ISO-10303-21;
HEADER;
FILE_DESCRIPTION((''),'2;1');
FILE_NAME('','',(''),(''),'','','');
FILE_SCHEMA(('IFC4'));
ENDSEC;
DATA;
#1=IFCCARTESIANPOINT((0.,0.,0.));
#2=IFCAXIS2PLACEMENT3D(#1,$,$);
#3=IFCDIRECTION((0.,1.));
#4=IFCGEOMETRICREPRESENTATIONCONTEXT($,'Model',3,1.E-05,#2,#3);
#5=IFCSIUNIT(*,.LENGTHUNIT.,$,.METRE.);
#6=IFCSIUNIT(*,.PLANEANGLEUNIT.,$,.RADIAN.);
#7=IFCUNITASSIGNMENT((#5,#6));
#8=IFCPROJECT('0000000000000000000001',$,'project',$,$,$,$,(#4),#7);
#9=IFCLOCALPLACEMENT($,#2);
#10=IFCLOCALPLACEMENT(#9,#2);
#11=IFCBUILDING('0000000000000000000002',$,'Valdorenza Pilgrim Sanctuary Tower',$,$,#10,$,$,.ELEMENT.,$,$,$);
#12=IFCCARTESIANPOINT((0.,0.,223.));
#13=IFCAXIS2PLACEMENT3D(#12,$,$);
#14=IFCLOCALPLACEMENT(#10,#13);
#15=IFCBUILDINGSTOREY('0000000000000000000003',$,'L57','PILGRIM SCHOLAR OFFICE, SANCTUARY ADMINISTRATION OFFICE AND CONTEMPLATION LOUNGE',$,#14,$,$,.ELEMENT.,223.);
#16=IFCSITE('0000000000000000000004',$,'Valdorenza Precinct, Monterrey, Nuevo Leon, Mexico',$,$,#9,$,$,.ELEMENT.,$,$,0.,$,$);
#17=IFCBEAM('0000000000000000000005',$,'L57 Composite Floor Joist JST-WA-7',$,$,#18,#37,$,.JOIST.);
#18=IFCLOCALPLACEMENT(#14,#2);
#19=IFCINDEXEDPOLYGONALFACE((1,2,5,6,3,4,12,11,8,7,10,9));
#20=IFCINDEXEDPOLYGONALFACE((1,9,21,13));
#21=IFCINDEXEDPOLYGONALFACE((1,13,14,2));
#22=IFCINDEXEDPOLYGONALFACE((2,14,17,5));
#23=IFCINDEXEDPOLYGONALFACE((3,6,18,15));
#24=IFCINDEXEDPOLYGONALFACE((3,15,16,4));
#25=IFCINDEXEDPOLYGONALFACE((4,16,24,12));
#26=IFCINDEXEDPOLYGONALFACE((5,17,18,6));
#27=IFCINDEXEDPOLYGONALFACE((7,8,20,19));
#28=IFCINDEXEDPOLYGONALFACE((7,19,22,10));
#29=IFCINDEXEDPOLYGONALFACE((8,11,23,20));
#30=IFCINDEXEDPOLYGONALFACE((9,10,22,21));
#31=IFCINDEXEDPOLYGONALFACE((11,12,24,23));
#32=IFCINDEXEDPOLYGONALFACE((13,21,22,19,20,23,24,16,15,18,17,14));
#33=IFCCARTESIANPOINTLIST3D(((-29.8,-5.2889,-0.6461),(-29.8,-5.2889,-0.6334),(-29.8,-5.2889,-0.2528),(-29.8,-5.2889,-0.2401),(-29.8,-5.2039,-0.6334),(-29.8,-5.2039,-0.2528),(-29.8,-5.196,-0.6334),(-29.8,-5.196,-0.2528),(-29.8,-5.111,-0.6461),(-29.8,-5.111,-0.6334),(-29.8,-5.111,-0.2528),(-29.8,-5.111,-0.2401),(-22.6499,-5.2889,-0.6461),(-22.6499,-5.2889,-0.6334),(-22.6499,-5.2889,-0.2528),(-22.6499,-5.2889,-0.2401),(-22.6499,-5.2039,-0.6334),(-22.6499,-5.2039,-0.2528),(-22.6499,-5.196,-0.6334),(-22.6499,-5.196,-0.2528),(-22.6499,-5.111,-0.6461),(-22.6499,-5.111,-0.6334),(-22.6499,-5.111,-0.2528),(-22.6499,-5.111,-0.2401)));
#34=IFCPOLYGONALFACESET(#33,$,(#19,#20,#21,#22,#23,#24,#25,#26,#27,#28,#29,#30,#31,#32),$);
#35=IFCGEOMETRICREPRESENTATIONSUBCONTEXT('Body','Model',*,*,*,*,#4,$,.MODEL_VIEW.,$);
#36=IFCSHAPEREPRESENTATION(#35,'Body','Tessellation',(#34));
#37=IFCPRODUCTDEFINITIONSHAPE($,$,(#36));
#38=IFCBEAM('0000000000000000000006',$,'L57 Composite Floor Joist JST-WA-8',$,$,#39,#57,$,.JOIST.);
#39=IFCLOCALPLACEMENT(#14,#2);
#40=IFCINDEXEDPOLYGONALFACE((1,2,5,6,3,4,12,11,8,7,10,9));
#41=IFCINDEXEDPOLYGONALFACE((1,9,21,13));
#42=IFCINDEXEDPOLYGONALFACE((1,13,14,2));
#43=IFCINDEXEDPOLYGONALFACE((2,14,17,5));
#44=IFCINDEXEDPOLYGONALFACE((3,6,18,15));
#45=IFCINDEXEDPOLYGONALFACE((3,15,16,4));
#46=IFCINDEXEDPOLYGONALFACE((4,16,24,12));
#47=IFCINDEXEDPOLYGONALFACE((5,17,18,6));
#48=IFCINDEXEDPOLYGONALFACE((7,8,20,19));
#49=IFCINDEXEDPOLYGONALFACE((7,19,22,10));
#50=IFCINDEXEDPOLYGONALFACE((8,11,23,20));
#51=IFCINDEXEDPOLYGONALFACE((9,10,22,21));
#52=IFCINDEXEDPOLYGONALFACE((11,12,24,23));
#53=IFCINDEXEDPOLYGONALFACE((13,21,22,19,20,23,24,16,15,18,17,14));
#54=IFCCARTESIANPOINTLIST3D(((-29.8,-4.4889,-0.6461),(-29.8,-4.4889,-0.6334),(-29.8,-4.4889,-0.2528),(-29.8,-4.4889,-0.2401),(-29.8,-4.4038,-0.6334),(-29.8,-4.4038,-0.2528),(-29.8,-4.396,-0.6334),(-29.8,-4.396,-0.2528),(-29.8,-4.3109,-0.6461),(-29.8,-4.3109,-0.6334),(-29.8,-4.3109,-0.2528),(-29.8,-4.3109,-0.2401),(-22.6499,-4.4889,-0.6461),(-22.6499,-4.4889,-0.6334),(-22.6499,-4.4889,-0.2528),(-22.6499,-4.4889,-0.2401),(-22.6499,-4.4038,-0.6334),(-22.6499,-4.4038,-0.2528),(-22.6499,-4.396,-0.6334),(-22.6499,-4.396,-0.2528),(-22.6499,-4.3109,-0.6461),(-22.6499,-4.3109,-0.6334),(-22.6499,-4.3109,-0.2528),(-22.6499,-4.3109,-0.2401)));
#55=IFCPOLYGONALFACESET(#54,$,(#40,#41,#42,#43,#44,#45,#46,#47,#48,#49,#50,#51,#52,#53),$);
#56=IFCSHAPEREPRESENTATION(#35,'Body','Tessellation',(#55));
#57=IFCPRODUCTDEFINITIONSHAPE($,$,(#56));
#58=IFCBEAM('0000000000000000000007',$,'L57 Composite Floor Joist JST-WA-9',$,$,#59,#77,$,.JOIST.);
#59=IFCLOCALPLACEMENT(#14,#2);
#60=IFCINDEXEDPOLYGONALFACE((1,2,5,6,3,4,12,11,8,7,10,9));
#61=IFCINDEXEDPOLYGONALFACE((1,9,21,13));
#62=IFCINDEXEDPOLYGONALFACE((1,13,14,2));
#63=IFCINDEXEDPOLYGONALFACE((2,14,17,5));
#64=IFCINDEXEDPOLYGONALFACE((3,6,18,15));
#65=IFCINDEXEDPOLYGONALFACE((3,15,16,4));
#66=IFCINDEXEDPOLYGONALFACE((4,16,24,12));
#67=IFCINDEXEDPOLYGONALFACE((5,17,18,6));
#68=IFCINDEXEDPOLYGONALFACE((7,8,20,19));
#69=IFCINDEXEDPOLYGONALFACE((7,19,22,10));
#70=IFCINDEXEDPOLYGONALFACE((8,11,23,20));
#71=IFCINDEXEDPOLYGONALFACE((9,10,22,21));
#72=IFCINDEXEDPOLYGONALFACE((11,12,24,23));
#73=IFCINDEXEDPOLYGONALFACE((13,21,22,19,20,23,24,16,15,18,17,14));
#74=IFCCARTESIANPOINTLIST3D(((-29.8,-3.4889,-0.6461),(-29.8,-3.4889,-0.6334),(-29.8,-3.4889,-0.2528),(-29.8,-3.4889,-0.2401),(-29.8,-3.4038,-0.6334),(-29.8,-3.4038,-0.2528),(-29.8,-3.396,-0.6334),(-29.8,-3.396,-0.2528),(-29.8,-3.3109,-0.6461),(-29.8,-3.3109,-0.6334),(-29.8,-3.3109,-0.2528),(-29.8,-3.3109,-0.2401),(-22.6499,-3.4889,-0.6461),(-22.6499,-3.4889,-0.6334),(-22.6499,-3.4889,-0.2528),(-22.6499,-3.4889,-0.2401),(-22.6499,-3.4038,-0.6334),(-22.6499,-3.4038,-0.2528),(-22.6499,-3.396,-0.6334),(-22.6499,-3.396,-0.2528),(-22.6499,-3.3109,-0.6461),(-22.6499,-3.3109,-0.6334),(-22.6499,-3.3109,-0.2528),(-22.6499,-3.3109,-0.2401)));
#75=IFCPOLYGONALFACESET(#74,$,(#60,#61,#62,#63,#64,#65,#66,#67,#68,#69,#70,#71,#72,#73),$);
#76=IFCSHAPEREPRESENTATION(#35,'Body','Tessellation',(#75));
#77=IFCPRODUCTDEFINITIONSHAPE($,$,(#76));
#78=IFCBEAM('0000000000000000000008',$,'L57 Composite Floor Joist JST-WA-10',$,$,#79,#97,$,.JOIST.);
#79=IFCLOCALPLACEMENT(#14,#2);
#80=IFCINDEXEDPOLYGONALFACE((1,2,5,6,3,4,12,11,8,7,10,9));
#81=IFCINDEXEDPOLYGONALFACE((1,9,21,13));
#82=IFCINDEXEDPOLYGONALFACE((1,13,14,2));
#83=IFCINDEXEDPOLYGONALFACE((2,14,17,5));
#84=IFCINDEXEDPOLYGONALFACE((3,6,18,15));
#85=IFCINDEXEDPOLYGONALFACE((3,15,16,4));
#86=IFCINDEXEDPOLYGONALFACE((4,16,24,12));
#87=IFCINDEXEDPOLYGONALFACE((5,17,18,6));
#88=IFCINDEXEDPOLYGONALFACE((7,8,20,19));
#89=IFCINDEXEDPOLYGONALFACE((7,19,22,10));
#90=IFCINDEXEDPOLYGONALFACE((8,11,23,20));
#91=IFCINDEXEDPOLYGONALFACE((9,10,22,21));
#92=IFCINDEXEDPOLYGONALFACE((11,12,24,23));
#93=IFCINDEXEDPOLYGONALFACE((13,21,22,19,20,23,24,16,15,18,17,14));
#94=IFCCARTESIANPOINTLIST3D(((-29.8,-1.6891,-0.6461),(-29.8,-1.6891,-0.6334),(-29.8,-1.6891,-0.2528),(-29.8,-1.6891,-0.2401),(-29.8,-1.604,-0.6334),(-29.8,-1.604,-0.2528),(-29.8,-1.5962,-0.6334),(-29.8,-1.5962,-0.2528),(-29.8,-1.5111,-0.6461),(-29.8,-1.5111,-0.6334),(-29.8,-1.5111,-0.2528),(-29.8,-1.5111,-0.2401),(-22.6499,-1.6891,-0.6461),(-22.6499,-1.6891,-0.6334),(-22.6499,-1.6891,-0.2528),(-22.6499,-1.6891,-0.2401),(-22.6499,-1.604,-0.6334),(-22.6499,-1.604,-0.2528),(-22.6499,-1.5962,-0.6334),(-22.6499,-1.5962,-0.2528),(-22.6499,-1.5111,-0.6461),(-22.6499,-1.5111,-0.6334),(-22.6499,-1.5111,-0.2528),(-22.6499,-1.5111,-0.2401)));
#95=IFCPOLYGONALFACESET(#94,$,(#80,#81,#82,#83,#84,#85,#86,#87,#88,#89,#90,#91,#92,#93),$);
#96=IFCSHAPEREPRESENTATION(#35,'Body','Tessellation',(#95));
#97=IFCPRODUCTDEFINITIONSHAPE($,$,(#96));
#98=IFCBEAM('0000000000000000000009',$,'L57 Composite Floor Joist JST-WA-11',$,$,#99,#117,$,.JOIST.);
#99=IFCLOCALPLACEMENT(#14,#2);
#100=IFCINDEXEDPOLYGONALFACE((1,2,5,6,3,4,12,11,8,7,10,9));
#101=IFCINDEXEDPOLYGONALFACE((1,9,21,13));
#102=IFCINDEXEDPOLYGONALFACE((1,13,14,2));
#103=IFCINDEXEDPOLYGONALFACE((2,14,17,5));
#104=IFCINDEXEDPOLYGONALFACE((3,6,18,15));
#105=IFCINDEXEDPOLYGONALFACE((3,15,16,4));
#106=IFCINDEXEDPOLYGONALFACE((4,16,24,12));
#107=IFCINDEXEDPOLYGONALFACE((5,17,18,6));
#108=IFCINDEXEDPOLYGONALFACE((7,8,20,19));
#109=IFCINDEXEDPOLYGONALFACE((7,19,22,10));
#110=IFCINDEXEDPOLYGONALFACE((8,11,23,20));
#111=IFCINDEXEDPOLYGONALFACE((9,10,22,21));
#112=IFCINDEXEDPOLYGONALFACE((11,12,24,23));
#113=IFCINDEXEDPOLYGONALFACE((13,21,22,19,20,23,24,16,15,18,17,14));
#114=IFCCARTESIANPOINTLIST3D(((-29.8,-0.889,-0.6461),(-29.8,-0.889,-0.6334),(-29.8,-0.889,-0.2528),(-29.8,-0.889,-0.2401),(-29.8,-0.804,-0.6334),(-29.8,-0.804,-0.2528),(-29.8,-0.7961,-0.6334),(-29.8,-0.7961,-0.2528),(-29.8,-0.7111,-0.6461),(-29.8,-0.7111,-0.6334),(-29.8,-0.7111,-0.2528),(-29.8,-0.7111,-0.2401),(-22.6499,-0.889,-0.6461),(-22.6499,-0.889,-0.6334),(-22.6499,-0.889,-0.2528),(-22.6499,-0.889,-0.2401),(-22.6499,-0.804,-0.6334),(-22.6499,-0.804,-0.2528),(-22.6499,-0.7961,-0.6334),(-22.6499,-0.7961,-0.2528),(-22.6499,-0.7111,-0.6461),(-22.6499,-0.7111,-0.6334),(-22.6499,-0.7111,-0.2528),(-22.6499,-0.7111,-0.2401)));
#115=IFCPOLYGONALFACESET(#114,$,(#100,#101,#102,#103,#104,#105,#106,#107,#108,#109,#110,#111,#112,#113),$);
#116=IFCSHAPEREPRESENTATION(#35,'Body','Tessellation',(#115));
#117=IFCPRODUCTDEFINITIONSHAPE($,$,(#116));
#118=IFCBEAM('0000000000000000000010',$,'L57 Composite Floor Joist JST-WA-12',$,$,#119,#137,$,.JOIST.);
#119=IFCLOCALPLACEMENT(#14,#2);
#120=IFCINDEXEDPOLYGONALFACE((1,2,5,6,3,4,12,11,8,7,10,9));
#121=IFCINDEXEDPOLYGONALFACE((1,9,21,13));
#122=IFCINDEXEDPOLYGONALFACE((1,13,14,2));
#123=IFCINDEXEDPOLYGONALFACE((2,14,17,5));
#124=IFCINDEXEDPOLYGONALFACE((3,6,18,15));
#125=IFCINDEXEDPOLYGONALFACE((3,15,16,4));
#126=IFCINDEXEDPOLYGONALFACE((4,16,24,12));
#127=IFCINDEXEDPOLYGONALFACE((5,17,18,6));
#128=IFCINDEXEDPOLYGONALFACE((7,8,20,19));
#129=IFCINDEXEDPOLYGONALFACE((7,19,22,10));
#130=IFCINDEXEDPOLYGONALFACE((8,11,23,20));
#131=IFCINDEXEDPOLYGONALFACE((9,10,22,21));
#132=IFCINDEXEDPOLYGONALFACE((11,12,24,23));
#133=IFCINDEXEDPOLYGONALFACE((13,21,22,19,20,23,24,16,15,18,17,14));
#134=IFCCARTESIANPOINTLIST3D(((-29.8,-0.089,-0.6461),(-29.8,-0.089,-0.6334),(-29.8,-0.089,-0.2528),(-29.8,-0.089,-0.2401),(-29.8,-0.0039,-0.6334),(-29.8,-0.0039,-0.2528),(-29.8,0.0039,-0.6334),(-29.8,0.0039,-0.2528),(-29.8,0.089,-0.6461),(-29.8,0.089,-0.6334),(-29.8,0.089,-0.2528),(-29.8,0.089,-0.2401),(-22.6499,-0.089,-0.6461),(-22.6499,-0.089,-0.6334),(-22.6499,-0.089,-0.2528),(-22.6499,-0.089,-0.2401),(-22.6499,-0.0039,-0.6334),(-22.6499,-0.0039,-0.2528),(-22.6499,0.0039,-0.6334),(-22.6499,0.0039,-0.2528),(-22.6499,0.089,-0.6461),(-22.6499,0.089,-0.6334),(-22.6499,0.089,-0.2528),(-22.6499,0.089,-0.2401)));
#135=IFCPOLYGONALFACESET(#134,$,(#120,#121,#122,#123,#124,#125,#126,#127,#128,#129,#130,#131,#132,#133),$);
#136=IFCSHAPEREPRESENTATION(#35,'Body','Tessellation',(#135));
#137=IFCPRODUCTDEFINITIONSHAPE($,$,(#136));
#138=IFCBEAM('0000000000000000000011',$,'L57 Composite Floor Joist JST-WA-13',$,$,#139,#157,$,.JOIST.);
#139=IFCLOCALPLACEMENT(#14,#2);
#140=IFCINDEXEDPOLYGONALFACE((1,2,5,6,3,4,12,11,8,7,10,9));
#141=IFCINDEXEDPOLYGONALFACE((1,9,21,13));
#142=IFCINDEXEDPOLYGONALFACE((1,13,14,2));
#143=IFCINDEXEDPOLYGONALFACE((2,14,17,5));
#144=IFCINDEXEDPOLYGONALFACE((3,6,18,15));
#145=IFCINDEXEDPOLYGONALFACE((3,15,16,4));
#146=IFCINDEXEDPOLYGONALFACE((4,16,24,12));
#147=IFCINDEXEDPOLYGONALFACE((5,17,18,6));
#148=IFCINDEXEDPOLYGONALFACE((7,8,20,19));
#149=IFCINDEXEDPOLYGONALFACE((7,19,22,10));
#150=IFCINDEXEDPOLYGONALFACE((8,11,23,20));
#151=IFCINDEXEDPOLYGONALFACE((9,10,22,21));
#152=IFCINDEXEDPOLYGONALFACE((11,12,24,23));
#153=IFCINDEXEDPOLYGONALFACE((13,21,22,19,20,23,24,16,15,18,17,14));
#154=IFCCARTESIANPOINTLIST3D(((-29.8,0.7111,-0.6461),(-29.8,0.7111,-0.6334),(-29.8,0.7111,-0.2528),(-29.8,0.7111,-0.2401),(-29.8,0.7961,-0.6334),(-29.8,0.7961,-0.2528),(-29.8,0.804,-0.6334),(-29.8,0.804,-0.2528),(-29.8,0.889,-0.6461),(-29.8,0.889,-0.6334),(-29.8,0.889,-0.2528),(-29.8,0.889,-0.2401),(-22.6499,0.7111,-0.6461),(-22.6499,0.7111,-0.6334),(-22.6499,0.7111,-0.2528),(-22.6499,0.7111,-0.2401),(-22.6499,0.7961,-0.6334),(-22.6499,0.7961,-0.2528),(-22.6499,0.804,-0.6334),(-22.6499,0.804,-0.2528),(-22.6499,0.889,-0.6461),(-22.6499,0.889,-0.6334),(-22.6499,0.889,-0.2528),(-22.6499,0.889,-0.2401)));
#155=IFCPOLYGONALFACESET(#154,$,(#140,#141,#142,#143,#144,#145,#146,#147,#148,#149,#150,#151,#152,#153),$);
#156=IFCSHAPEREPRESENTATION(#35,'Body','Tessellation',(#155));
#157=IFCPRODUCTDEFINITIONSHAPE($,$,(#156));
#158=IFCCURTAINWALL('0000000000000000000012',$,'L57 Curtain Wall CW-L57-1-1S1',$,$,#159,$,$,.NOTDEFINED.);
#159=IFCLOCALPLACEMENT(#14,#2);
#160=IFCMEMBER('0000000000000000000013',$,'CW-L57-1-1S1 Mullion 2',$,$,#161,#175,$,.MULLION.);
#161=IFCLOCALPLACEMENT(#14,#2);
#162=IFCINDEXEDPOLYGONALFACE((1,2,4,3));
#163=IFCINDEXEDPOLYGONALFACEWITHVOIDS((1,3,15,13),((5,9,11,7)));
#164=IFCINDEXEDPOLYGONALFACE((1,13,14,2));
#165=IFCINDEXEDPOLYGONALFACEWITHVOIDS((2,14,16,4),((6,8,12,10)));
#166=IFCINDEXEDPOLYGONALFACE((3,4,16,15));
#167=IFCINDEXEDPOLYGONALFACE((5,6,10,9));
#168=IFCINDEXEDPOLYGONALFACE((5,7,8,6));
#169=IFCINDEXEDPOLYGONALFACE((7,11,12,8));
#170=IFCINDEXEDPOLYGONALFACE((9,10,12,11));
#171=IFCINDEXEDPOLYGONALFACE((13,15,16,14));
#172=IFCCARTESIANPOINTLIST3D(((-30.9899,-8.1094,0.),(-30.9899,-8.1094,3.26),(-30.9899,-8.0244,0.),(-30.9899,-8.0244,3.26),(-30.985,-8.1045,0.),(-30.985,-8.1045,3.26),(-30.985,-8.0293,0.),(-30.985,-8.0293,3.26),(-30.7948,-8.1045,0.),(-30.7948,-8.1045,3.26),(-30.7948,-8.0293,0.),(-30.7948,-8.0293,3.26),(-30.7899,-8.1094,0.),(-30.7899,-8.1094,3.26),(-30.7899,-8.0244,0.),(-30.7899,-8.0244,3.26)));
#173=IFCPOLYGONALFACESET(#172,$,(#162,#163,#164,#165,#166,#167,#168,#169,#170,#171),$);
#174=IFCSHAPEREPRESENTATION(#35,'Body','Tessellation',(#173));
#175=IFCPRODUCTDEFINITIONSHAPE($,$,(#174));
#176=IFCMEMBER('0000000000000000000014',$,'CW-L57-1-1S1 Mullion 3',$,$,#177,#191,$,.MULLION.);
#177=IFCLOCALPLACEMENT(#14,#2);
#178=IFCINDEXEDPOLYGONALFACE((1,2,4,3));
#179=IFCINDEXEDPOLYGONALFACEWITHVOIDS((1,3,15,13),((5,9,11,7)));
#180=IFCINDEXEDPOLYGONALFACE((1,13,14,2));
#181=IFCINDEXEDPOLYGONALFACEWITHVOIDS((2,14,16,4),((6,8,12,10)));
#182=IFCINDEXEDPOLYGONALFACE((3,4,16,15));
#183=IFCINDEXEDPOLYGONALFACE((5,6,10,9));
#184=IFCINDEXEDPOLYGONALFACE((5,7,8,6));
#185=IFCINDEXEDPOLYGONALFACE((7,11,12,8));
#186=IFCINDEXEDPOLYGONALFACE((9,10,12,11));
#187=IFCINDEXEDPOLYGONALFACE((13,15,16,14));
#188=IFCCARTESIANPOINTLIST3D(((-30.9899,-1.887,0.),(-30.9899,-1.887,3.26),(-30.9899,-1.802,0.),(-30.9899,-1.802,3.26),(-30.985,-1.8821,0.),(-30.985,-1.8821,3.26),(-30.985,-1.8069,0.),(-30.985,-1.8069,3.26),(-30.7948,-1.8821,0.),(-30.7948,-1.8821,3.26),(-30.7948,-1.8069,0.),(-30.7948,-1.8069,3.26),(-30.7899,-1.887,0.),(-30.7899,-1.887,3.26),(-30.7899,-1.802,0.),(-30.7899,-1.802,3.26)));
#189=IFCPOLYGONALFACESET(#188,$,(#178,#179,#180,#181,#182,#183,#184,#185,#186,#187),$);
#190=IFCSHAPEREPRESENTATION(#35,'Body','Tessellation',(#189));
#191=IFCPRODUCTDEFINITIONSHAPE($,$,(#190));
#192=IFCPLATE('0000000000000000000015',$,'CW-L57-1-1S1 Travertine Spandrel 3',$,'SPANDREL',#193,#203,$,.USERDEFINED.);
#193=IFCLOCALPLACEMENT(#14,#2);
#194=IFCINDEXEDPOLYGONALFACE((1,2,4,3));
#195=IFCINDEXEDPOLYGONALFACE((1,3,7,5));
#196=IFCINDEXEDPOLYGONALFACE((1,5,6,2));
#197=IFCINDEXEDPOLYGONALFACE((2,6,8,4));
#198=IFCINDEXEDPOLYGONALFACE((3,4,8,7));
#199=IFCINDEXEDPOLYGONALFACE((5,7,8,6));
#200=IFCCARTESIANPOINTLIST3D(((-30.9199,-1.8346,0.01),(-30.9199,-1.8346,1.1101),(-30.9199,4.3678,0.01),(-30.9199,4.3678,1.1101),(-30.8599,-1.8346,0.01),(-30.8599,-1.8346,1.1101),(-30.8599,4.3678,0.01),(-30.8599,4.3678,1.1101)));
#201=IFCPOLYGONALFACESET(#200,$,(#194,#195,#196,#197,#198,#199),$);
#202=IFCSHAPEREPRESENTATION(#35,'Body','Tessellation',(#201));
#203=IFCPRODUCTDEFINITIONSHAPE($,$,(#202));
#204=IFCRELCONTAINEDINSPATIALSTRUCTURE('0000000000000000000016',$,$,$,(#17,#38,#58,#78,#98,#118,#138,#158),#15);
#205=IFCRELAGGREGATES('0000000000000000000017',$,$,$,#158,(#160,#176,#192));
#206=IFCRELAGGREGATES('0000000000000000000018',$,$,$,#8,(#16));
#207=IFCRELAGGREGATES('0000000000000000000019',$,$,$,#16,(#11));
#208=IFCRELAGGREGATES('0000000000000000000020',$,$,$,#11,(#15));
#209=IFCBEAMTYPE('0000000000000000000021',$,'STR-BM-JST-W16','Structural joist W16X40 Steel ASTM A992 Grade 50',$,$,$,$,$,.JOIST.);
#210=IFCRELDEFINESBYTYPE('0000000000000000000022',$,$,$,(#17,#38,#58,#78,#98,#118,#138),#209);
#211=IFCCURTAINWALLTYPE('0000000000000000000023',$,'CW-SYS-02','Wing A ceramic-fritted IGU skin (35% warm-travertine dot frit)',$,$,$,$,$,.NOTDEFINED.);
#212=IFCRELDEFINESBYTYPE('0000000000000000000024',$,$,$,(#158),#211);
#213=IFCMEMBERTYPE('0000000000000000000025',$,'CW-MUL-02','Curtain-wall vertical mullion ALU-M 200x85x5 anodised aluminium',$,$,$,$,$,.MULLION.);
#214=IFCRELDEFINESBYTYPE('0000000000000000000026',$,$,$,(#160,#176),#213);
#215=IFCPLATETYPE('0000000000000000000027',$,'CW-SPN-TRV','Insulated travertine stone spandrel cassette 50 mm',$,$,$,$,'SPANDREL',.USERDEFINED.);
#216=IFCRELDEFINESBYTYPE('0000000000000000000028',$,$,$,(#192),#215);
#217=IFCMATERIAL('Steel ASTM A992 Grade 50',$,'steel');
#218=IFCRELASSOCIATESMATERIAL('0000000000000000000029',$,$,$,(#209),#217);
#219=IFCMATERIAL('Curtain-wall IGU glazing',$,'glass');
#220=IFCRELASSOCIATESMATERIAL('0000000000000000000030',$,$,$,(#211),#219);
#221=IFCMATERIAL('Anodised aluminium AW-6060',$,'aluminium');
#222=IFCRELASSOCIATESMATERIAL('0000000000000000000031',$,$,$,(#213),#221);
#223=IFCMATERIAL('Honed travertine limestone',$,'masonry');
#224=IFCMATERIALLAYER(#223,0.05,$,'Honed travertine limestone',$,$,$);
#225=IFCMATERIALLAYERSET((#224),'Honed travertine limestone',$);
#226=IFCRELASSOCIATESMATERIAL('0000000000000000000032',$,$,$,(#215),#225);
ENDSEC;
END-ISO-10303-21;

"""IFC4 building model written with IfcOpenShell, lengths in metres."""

from ifc_helpers import new_model, si_unit, direction, frame, origin, origin_2d, place, context, subcontext, project, spatial, rectangle, hollow_rectangle, i_section, extrude, source, transform, mapped, material, layer, layer_set, material_profile, profile_set, type_object, element, aggregate, save


model = new_model("IFC4")

# Units and contexts
model_context = context("Model", 3, precision=1e-05, world=origin(), true_north=direction((0.0, 1.0)))
body_context = subcontext(model_context, "Body", "Model", "MODEL_VIEW")
ifc_project = project(units=[si_unit("LENGTHUNIT", "METRE"), si_unit("PLANEANGLEUNIT", "RADIAN")], contexts=[model_context])

# Site, building, storey
site_placement = place(None, origin())
site = spatial("IfcSite", under=ifc_project, at=site_placement, Name="Valdorenza Precinct, Monterrey, Nuevo Leon, Mexico", CompositionType="ELEMENT", RefElevation=0.0)
building_placement = place(site_placement, origin())
building = spatial("IfcBuilding", under=site, at=building_placement, Name="Valdorenza Pilgrim Sanctuary Tower", CompositionType="ELEMENT")
storey_placement = place(building_placement, frame((0.0, 0.0, 223.0)))
storey = spatial("IfcBuildingStorey", under=building, at=storey_placement, Name="L57", Description="PILGRIM SCHOLAR OFFICE, SANCTUARY ADMINISTRATION OFFICE AND CONTEMPLATION LOUNGE", CompositionType="ELEMENT", Elevation=223.0)

# Beams
ifc_material_1 = material(Name="Steel ASTM A992 Grade 50", Category="steel")
ifc_material_profile_1 = material_profile(ifc_material_1, i_section(OverallWidth=0.178, OverallDepth=0.406, WebThickness=0.0078, FlangeThickness=0.0127, at=origin_2d()), Name="W16X40")
ifc_profile_set_1 = profile_set([ifc_material_profile_1], Name="Steel ASTM A992 Grade 50")
beam_type_1 = type_object("IfcBeamType", Name="STR-BM-JST-W16", Description="Structural joist W16X40 Steel ASTM A992 Grade 50", PredefinedType="JOIST", material=ifc_profile_set_1)
shared_shape_1 = source(origin(), body_context, "Body", "SweptSolid", [
    extrude(i_section(OverallWidth=0.178, OverallDepth=0.406, WebThickness=0.0078, FlangeThickness=0.0127, at=origin_2d()), origin(), (0.0, 0.0, 1.0), 7.1501),
])
for number, where, z_axis, x_axis, name in (
    (1, (-29.8, -5.2, -0.4431), (1.0, 0.0, 0.0), (0.0, 1.0, 0.0), "L57 Composite Floor Joist JST-WA-7"),
    (2, (-29.8, -4.3999, -0.4431), (1.0, 0.0, 0.0), (0.0, 1.0, 0.0), "L57 Composite Floor Joist JST-WA-8"),
    (3, (-29.8, -3.3999, -0.4431), (1.0, 0.0, 0.0), (0.0, 1.0, 0.0), "L57 Composite Floor Joist JST-WA-9"),
    (4, (-29.8, -1.6001, -0.4431), (1.0, 0.0, 0.0), (0.0, 1.0, 0.0), "L57 Composite Floor Joist JST-WA-10"),
    (5, (-29.8, -0.8, -0.4431), (1.0, 0.0, 0.0), (0.0, 1.0, 0.0), "L57 Composite Floor Joist JST-WA-11"),
    (6, (-29.8, 0.0, -0.4431), (1.0, 0.0, 0.0), (0.0, 1.0, 0.0), "L57 Composite Floor Joist JST-WA-12"),
    (7, (-29.8, 0.8, -0.4431), (1.0, 0.0, 0.0), (0.0, 1.0, 0.0), "L57 Composite Floor Joist JST-WA-13"),
):
    element("IfcBeam", number, at=place(storey_placement, frame(where, z_axis=z_axis, x_axis=x_axis)), inside=storey, type_object=beam_type_1, Name=name, PredefinedType="JOIST", context=body_context, shape_type="MappedRepresentation", body=[
        mapped(shared_shape_1, transform((0.0, 0.0, 0.0), x_axis=(1.0, 0.0, 0.0), y_axis=(0.0, 1.0, 0.0), z_axis=(0.0, 0.0, 1.0), scale=1.0)),
    ])

# Curtain wall, members, plate
ifc_material_2 = material(Name="Curtain-wall IGU glazing", Category="glass")
curtain_wall_type = type_object("IfcCurtainWallType", Name="CW-SYS-02", Description="Wing A ceramic-fritted IGU skin (35% warm-travertine dot frit)", PredefinedType="NOTDEFINED", material=ifc_material_2)
curtain_wall_placement = place(storey_placement, origin())
curtain_wall = element("IfcCurtainWall", 8, at=curtain_wall_placement, inside=storey, type_object=curtain_wall_type, Name="L57 Curtain Wall CW-L57-1-1S1", PredefinedType="NOTDEFINED")
ifc_material_3 = material(Name="Anodised aluminium AW-6060", Category="aluminium")
ifc_material_profile_2 = material_profile(ifc_material_3, hollow_rectangle(XDim=0.085, YDim=0.2, WallThickness=0.0049, at=origin_2d()), Name="ALU-M 200x85x5")
ifc_profile_set_2 = profile_set([ifc_material_profile_2], Name="Anodised aluminium AW-6060")
member_type = type_object("IfcMemberType", Name="CW-MUL-02", Description="Curtain-wall vertical mullion ALU-M 200x85x5 anodised aluminium", PredefinedType="MULLION", material=ifc_profile_set_2)
shared_shape_2 = source(origin(), body_context, "Body", "SweptSolid", [
    extrude(hollow_rectangle(XDim=0.085, YDim=0.2, WallThickness=0.0049, at=origin_2d()), origin(), (0.0, 0.0, 1.0), 3.26),
])
member_1_placement = place(storey_placement, frame((-30.8899, -8.0669, 0.0), z_axis=(0.0, 0.0, 1.0), x_axis=(0.0, 1.0, 0.0)))
member_1 = element("IfcMember", 9, at=member_1_placement, type_object=member_type, Name="CW-L57-1-1S1 Mullion 2", PredefinedType="MULLION", context=body_context, shape_type="MappedRepresentation", body=[
    mapped(shared_shape_2, transform((0.0, 0.0, 0.0), x_axis=(1.0, 0.0, 0.0), y_axis=(0.0, 1.0, 0.0), z_axis=(0.0, 0.0, 1.0), scale=1.0)),
])
member_2_placement = place(storey_placement, frame((-30.8899, -1.8445, 0.0), z_axis=(0.0, 0.0, 1.0), x_axis=(0.0, 1.0, 0.0)))
member_2 = element("IfcMember", 10, at=member_2_placement, type_object=member_type, Name="CW-L57-1-1S1 Mullion 3", PredefinedType="MULLION", context=body_context, shape_type="MappedRepresentation", body=[
    mapped(shared_shape_2, transform((0.0, 0.0, 0.0), x_axis=(1.0, 0.0, 0.0), y_axis=(0.0, 1.0, 0.0), z_axis=(0.0, 0.0, 1.0), scale=1.0)),
])
ifc_material_4 = material(Name="Honed travertine limestone", Category="masonry")
ifc_layer_1 = layer(ifc_material_4, 0.05, Name="Honed travertine limestone")
ifc_layer_set_1 = layer_set([ifc_layer_1], Name="Honed travertine limestone")
plate_type_1 = type_object("IfcPlateType", Name="CW-SPN-TRV", Description="Insulated travertine stone spandrel cassette 50 mm", ElementType="SPANDREL", PredefinedType="USERDEFINED", material=ifc_layer_set_1)
shared_shape_3 = source(origin(), body_context, "Body", "SweptSolid", [
    extrude(rectangle(XDim=6.2024, YDim=0.0601, at=origin_2d()), origin(), (0.0, 0.0, 1.0), 1.1001),
])
plate_1_placement = place(storey_placement, frame((-30.8899, 1.2666, 0.01), z_axis=(0.0, 0.0, 1.0), x_axis=(0.0, 1.0, 0.0)))
plate_1 = element("IfcPlate", 11, at=plate_1_placement, type_object=plate_type_1, Name="CW-L57-1-1S1 Travertine Spandrel 3", ObjectType="SPANDREL", PredefinedType="USERDEFINED", context=body_context, shape_type="MappedRepresentation", body=[
    mapped(shared_shape_3, transform((0.0, 0.0, 0.0), x_axis=(1.0, 0.0, 0.0), y_axis=(0.0, 1.0, 0.0), z_axis=(0.0, 0.0, 1.0), scale=1.0)),
])
aggregate(curtain_wall, [member_1, member_2, plate_1])

save(model, "model.ifc")
